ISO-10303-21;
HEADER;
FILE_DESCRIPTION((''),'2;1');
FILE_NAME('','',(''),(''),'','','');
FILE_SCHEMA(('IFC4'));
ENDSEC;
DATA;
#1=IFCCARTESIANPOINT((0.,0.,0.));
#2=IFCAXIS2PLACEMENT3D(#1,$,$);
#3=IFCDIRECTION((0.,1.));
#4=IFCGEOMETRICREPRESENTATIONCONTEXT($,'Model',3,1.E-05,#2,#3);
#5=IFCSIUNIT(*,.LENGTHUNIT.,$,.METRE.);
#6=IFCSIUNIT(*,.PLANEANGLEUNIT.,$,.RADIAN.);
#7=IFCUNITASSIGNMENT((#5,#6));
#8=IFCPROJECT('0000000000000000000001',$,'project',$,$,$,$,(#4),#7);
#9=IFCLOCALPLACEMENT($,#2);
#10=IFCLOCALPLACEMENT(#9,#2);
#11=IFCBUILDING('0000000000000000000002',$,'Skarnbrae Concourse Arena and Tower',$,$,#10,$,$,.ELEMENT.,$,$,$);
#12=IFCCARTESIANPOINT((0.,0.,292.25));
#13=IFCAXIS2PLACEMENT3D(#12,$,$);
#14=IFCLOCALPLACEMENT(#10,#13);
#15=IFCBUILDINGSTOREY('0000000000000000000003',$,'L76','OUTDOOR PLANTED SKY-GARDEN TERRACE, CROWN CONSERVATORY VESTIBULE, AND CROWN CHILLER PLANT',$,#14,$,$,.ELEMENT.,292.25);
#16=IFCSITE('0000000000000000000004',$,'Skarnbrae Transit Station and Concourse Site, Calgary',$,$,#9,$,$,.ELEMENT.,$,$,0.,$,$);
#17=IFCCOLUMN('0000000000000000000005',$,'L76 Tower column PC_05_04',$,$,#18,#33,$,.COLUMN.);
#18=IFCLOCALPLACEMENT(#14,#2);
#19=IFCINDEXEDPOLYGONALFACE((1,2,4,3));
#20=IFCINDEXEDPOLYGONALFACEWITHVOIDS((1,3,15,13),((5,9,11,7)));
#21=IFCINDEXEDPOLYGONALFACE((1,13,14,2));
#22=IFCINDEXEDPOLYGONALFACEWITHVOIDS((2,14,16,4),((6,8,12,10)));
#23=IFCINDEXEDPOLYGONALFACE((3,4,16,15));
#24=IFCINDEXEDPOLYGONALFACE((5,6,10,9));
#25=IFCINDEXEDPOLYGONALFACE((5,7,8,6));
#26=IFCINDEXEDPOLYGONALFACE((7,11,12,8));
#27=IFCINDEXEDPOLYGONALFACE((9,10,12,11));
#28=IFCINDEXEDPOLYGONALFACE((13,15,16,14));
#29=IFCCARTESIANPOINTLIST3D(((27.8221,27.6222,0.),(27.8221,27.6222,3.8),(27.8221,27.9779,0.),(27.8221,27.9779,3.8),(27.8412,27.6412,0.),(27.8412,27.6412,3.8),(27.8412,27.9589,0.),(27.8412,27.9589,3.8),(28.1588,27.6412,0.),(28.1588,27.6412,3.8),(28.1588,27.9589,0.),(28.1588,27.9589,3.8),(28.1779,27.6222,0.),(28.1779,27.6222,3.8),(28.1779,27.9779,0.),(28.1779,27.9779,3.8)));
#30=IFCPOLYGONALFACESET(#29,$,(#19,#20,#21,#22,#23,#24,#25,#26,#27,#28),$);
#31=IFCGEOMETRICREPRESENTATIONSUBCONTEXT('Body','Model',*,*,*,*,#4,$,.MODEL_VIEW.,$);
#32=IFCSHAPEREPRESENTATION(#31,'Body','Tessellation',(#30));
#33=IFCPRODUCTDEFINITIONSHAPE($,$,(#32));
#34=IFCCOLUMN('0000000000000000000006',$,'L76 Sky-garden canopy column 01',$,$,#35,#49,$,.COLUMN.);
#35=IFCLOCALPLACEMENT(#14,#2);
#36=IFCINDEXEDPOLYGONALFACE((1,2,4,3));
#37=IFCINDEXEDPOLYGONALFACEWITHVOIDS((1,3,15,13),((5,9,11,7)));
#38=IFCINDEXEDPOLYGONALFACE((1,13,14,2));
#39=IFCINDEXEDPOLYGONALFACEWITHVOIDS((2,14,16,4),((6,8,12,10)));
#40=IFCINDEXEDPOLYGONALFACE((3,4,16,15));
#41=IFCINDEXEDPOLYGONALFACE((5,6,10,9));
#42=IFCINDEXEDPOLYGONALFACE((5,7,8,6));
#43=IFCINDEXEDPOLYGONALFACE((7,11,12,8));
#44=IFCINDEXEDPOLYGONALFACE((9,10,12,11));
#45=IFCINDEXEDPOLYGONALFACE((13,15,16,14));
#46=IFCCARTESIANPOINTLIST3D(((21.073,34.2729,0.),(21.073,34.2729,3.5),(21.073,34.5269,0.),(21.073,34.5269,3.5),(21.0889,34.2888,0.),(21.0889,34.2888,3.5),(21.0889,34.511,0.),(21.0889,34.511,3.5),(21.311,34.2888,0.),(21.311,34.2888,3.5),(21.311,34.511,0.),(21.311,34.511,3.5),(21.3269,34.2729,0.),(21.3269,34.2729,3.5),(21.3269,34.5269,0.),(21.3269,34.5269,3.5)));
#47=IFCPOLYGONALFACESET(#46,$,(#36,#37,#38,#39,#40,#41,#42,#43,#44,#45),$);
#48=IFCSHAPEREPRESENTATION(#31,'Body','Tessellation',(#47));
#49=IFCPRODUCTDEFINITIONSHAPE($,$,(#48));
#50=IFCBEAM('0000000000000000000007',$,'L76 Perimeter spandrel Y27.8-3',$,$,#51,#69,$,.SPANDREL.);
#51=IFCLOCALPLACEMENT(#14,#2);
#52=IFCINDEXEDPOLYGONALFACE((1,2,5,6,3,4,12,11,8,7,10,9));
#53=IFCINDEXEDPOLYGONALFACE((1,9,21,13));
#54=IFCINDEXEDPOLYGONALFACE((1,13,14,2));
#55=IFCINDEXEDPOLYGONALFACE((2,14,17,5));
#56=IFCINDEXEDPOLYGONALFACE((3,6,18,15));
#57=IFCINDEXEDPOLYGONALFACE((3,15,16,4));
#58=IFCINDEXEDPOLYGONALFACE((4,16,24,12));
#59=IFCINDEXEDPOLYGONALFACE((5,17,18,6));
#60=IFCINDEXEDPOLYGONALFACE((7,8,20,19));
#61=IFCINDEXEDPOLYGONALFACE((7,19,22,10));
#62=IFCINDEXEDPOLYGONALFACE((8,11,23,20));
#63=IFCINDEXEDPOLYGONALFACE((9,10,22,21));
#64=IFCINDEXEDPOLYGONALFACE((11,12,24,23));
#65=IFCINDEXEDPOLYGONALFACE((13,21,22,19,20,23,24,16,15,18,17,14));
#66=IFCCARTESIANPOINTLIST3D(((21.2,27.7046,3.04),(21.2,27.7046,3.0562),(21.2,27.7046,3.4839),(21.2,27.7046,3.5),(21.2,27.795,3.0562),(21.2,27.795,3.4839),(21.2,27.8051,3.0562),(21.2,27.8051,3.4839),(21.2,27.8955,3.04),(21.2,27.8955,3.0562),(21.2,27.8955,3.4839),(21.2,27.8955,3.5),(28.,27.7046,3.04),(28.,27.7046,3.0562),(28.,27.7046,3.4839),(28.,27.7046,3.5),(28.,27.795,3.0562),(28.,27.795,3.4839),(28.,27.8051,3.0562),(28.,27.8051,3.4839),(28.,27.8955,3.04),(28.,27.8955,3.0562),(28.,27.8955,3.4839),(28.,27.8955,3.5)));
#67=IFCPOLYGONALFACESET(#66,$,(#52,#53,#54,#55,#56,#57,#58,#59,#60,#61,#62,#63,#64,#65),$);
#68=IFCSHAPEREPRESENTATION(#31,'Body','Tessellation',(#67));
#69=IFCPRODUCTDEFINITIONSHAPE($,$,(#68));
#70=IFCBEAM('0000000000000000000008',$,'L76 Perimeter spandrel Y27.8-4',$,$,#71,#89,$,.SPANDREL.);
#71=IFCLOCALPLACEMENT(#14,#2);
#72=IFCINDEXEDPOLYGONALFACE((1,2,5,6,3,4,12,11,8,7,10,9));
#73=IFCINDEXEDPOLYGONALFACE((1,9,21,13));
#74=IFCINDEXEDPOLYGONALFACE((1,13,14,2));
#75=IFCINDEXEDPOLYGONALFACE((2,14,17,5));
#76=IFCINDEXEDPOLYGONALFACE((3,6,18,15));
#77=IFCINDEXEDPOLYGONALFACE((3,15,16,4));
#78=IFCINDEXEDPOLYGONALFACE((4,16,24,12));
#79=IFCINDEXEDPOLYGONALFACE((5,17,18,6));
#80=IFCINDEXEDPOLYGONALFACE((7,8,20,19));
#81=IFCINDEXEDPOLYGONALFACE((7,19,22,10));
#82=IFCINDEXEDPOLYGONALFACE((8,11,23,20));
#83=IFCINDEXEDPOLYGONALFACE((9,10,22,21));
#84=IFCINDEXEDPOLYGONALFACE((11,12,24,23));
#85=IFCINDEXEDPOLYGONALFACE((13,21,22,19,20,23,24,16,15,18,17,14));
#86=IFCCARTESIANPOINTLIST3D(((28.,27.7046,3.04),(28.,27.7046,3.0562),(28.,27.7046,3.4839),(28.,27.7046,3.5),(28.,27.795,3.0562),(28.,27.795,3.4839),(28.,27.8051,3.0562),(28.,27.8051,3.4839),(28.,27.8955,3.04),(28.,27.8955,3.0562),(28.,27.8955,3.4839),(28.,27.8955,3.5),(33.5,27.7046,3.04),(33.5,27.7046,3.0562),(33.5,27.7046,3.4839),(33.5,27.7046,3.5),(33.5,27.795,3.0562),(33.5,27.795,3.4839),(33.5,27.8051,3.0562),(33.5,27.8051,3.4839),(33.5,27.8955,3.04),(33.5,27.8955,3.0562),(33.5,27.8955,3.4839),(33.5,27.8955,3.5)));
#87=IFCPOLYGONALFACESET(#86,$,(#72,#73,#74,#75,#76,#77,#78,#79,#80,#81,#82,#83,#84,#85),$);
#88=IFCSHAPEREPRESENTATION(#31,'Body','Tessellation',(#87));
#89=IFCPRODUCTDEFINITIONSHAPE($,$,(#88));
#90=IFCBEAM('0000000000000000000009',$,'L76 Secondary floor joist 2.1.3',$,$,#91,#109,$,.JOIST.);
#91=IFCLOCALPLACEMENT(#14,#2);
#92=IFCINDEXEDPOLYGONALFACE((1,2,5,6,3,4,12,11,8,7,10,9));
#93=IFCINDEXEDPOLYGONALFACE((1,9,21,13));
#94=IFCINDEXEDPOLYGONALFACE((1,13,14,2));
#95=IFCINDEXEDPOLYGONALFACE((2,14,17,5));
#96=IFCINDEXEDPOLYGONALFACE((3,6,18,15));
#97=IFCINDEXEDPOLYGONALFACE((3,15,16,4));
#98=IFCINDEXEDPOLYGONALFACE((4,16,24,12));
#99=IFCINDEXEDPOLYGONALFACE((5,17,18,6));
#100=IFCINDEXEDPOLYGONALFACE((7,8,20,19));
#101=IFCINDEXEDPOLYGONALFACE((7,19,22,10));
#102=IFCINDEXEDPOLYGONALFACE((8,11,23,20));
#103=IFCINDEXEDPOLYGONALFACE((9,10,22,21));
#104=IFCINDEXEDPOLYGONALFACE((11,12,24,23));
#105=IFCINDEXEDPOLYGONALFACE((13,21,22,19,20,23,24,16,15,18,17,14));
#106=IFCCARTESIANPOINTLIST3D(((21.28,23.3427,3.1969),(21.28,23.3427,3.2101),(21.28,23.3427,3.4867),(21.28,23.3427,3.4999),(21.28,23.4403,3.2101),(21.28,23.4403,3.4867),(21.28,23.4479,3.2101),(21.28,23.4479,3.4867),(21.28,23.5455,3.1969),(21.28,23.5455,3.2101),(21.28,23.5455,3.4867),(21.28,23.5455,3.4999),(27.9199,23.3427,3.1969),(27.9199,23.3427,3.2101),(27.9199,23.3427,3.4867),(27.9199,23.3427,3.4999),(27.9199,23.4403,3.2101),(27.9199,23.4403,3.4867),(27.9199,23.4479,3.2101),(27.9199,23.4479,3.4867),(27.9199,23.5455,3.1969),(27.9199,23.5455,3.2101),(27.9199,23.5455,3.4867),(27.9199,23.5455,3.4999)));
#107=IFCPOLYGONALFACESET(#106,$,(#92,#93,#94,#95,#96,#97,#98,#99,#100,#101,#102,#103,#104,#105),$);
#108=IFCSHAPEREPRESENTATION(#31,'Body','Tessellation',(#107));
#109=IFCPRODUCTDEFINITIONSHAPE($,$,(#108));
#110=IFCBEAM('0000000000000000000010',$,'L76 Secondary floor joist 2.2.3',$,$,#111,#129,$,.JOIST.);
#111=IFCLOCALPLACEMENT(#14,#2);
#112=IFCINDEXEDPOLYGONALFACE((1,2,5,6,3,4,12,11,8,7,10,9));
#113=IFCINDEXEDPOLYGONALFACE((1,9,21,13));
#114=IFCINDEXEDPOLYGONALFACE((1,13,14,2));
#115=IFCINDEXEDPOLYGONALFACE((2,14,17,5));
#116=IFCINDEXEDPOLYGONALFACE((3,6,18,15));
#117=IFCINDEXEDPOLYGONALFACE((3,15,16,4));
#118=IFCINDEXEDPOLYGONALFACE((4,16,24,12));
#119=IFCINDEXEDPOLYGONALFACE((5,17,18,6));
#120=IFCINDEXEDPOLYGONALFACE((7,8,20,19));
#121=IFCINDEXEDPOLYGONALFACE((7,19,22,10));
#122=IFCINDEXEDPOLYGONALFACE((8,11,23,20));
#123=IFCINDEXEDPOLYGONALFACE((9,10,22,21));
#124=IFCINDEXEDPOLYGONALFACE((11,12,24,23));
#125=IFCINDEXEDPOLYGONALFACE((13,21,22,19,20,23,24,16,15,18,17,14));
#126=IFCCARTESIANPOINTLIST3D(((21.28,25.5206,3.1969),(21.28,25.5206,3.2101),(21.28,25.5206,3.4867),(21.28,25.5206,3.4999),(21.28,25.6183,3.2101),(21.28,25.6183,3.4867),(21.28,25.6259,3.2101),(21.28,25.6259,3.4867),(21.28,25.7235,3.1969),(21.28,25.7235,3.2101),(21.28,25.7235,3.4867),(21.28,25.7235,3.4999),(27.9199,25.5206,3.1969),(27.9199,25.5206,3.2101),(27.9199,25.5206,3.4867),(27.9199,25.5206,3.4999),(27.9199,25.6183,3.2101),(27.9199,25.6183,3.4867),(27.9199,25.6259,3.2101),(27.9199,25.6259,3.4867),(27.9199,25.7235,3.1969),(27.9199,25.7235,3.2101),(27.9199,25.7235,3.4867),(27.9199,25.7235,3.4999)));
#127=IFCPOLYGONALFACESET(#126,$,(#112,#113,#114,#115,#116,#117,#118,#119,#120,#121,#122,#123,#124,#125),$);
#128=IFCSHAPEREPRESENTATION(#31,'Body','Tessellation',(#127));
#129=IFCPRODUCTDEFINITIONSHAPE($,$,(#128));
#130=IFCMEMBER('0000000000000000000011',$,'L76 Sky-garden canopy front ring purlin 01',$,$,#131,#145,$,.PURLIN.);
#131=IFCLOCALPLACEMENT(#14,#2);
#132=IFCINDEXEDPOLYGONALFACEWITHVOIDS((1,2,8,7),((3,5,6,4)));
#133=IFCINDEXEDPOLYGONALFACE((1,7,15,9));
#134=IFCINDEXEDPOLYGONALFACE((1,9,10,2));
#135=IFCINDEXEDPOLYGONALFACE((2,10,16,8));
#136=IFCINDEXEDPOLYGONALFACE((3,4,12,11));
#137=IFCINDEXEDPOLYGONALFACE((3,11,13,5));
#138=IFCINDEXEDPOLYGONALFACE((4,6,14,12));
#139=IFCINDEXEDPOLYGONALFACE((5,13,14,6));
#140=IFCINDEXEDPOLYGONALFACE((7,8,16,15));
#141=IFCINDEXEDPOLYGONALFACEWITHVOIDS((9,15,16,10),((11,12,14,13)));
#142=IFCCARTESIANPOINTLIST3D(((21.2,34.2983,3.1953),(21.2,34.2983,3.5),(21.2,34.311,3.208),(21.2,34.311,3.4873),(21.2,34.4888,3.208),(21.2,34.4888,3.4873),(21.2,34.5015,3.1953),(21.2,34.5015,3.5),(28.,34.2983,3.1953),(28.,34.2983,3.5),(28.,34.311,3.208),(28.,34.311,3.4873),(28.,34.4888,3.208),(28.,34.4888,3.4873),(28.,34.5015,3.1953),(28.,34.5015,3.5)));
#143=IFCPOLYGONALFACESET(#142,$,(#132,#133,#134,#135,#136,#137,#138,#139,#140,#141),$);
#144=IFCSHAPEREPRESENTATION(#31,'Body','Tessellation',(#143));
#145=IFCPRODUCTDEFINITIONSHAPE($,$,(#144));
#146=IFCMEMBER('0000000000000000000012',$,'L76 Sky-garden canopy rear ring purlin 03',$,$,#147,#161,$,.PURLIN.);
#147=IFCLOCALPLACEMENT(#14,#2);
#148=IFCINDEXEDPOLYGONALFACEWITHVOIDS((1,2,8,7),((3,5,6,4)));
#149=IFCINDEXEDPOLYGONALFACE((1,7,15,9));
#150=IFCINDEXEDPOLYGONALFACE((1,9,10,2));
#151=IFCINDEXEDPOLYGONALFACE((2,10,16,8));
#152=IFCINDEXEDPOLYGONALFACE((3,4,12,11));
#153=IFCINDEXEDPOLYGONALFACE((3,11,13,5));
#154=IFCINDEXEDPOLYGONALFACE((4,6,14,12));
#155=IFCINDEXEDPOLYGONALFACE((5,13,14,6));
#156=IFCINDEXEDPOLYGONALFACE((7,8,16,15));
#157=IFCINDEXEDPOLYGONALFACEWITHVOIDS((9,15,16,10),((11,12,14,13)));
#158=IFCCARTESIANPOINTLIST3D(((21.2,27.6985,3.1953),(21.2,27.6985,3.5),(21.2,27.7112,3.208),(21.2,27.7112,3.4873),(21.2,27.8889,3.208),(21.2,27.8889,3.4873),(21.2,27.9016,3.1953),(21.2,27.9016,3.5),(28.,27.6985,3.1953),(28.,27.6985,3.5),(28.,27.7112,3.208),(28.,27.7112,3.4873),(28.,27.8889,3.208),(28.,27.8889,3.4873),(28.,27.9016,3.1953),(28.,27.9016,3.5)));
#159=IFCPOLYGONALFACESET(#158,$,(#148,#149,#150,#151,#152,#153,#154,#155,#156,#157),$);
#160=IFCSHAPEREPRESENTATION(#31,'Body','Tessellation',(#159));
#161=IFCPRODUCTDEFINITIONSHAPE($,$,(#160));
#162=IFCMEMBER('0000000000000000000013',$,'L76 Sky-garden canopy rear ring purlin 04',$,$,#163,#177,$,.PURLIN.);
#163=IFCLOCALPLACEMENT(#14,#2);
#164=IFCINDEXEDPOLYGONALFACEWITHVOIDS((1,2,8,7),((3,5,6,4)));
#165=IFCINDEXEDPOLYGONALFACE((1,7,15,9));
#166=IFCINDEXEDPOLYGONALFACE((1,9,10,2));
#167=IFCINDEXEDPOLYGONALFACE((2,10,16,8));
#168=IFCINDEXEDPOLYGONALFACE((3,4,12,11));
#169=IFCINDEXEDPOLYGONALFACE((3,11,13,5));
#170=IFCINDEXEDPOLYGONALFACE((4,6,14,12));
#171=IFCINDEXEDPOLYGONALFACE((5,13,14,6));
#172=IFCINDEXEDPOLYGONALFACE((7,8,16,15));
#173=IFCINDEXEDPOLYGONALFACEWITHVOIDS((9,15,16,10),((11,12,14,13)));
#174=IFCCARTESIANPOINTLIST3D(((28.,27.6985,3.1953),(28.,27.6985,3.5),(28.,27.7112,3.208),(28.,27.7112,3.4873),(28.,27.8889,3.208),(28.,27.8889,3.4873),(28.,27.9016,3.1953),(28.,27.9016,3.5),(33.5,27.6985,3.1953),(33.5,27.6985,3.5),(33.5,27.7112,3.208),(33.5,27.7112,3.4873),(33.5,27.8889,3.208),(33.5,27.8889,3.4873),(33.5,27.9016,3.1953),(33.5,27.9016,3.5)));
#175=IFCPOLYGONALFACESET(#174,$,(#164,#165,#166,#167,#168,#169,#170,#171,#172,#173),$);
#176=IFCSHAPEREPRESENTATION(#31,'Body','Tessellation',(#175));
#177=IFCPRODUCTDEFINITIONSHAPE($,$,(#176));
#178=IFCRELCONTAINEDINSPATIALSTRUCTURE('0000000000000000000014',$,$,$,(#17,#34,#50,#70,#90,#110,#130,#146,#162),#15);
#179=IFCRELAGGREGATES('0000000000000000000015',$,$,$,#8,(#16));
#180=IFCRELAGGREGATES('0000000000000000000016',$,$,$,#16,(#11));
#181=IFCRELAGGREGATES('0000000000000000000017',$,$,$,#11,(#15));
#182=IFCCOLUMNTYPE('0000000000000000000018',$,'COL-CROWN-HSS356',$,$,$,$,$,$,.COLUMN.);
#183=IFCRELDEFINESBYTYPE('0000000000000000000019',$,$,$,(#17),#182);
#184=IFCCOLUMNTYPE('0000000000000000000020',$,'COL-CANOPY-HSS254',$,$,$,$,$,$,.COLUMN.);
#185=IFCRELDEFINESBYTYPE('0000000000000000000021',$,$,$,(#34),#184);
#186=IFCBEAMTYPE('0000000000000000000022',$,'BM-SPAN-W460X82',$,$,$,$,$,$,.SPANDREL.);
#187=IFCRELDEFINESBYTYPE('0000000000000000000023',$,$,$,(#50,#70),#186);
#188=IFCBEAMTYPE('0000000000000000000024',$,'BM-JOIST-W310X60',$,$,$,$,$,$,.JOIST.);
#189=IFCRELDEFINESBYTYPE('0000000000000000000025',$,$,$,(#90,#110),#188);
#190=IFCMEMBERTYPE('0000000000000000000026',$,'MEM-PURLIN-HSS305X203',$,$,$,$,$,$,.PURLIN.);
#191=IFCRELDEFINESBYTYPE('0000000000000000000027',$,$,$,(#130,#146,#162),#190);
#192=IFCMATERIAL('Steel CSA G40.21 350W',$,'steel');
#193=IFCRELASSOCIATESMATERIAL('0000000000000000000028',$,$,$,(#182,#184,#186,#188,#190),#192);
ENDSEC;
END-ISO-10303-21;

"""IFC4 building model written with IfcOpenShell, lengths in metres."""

from ifc_helpers import new_model, si_unit, direction, frame, origin, origin_2d, place, context, subcontext, project, spatial, hollow_rectangle, i_section, extrude, source, transform, mapped, material, material_profile, profile_set, type_object, element, save


model = new_model("IFC4")

# Units and contexts
model_context = context("Model", 3, precision=1e-05, world=origin(), true_north=direction((0.0, 1.0)))
body_context = subcontext(model_context, "Body", "Model", "MODEL_VIEW")
ifc_project = project(units=[si_unit("LENGTHUNIT", "METRE"), si_unit("PLANEANGLEUNIT", "RADIAN")], contexts=[model_context])

# Site, building, storey
site_placement = place(None, origin())
site = spatial("IfcSite", under=ifc_project, at=site_placement, Name="Skarnbrae Transit Station and Concourse Site, Calgary", CompositionType="ELEMENT", RefElevation=0.0)
building_placement = place(site_placement, origin())
building = spatial("IfcBuilding", under=site, at=building_placement, Name="Skarnbrae Concourse Arena and Tower", CompositionType="ELEMENT")
storey_placement = place(building_placement, frame((0.0, 0.0, 292.25)))
storey = spatial("IfcBuildingStorey", under=building, at=storey_placement, Name="L76", Description="OUTDOOR PLANTED SKY-GARDEN TERRACE, CROWN CONSERVATORY VESTIBULE, AND CROWN CHILLER PLANT", CompositionType="ELEMENT", Elevation=292.25)

# Columns
ifc_material_1 = material(Name="Steel CSA G40.21 350W", Category="steel")
ifc_material_profile_1 = material_profile(ifc_material_1, hollow_rectangle(XDim=0.3557, YDim=0.3557, WallThickness=0.019, at=origin_2d()), Name="HSS356X356X19.0")
ifc_profile_set_1 = profile_set([ifc_material_profile_1], Name="Steel CSA G40.21 350W")
column_type_1 = type_object("IfcColumnType", Name="COL-CROWN-HSS356", PredefinedType="COLUMN", material=ifc_profile_set_1)
shared_shape_1 = source(origin(), body_context, "Body", "SweptSolid", [
    extrude(hollow_rectangle(XDim=0.3557, YDim=0.3557, WallThickness=0.019, at=origin_2d()), origin(), (0.0, 0.0, 1.0), 3.8),
])
column_1_placement = place(storey_placement, frame((28.0, 27.8, 0.0), z_axis=(0.0, 0.0, 1.0), x_axis=(1.0, 0.0, 0.0)))
element("IfcColumn", 1, at=column_1_placement, inside=storey, type_object=column_type_1, Name="L76 Tower column PC_05_04", PredefinedType="COLUMN", context=body_context, shape_type="MappedRepresentation", body=[
    mapped(shared_shape_1, transform((0.0, 0.0, 0.0))),
])
ifc_material_profile_2 = material_profile(ifc_material_1, hollow_rectangle(XDim=0.2539, YDim=0.2539, WallThickness=0.0159, at=origin_2d()), Name="HSS254X254X15.9")
ifc_profile_set_2 = profile_set([ifc_material_profile_2], Name="Steel CSA G40.21 350W")
column_type_2 = type_object("IfcColumnType", Name="COL-CANOPY-HSS254", PredefinedType="COLUMN", material=ifc_profile_set_2)
shared_shape_2 = source(origin(), body_context, "Body", "SweptSolid", [
    extrude(hollow_rectangle(XDim=0.2539, YDim=0.2539, WallThickness=0.0159, at=origin_2d()), origin(), (0.0, 0.0, 1.0), 3.5),
])
column_2_placement = place(storey_placement, frame((21.2, 34.3999, 0.0), z_axis=(0.0, 0.0, 1.0), x_axis=(1.0, 0.0, 0.0)))
element("IfcColumn", 2, at=column_2_placement, inside=storey, type_object=column_type_2, Name="L76 Sky-garden canopy column 01", PredefinedType="COLUMN", context=body_context, shape_type="MappedRepresentation", body=[
    mapped(shared_shape_2, transform((0.0, 0.0, 0.0))),
])

# Beams
ifc_material_profile_3 = material_profile(ifc_material_1, i_section(OverallWidth=0.1909, OverallDepth=0.46, WebThickness=0.01, FlangeThickness=0.0161, at=origin_2d()), Name="W460X82")
ifc_profile_set_3 = profile_set([ifc_material_profile_3], Name="Steel CSA G40.21 350W")
beam_type_1 = type_object("IfcBeamType", Name="BM-SPAN-W460X82", PredefinedType="SPANDREL", material=ifc_profile_set_3)
shared_shape_3 = source(origin(), body_context, "Body", "SweptSolid", [
    extrude(i_section(OverallWidth=0.1909, OverallDepth=0.46, WebThickness=0.01, FlangeThickness=0.0161, at=origin_2d()), origin(), (0.0, 0.0, 1.0), 6.8),
])
beam_1_placement = place(storey_placement, frame((21.2, 27.8, 3.27), z_axis=(1.0, 0.0, 0.0), x_axis=(0.0, 1.0, 0.0)))
element("IfcBeam", 3, at=beam_1_placement, inside=storey, type_object=beam_type_1, Name="L76 Perimeter spandrel Y27.8-3", PredefinedType="SPANDREL", context=body_context, shape_type="MappedRepresentation", body=[
    mapped(shared_shape_3, transform((0.0, 0.0, 0.0))),
])
shared_shape_4 = source(origin(), body_context, "Body", "SweptSolid", [
    extrude(i_section(OverallWidth=0.1909, OverallDepth=0.46, WebThickness=0.01, FlangeThickness=0.0161, at=origin_2d()), origin(), (0.0, 0.0, 1.0), 5.5),
])
beam_2_placement = place(storey_placement, frame((28.0, 27.8, 3.27), z_axis=(1.0, 0.0, 0.0), x_axis=(0.0, 1.0, 0.0)))
element("IfcBeam", 4, at=beam_2_placement, inside=storey, type_object=beam_type_1, Name="L76 Perimeter spandrel Y27.8-4", PredefinedType="SPANDREL", context=body_context, shape_type="MappedRepresentation", body=[
    mapped(shared_shape_4, transform((0.0, 0.0, 0.0))),
])
ifc_material_profile_4 = material_profile(ifc_material_1, i_section(OverallWidth=0.2029, OverallDepth=0.303, WebThickness=0.0076, FlangeThickness=0.0132, at=origin_2d()), Name="W310X60")
ifc_profile_set_4 = profile_set([ifc_material_profile_4], Name="Steel CSA G40.21 350W")
beam_type_2 = type_object("IfcBeamType", Name="BM-JOIST-W310X60", PredefinedType="JOIST", material=ifc_profile_set_4)
shared_shape_5 = source(origin(), body_context, "Body", "SweptSolid", [
    extrude(i_section(OverallWidth=0.2029, OverallDepth=0.303, WebThickness=0.0076, FlangeThickness=0.0132, at=origin_2d()), origin(), (0.0, 0.0, 1.0), 6.6399),
])
for number, where, z_axis, x_axis, name in (
    (5, (21.28, 23.4441, 3.3484), (1.0, 0.0, 0.0), (0.0, 1.0, 0.0), "L76 Secondary floor joist 2.1.3"),
    (6, (21.28, 25.6221, 3.3484), (1.0, 0.0, 0.0), (0.0, 1.0, 0.0), "L76 Secondary floor joist 2.2.3"),
):
    element("IfcBeam", number, at=place(storey_placement, frame(where, z_axis=z_axis, x_axis=x_axis)), inside=storey, type_object=beam_type_2, Name=name, PredefinedType="JOIST", context=body_context, shape_type="MappedRepresentation", body=[
        mapped(shared_shape_5, transform((0.0, 0.0, 0.0))),
    ])

# Members
ifc_material_profile_5 = material_profile(ifc_material_1, hollow_rectangle(XDim=0.2031, YDim=0.3047, WallThickness=0.0127, at=origin_2d()), Name="HSS305X203X12.7")
ifc_profile_set_5 = profile_set([ifc_material_profile_5], Name="Steel CSA G40.21 350W")
member_type_1 = type_object("IfcMemberType", Name="MEM-PURLIN-HSS305X203", PredefinedType="PURLIN", material=ifc_profile_set_5)
shared_shape_6 = source(origin(), body_context, "Body", "SweptSolid", [
    extrude(hollow_rectangle(XDim=0.2031, YDim=0.3047, WallThickness=0.0127, at=origin_2d()), origin(), (0.0, 0.0, 1.0), 6.8),
])
for number, where, z_axis, x_axis, name in (
    (7, (21.2, 34.3999, 3.3477), (1.0, 0.0, 0.0), (0.0, 1.0, 0.0), "L76 Sky-garden canopy front ring purlin 01"),
    (8, (21.2, 27.8, 3.3477), (1.0, 0.0, 0.0), (0.0, 1.0, 0.0), "L76 Sky-garden canopy rear ring purlin 03"),
):
    element("IfcMember", number, at=place(storey_placement, frame(where, z_axis=z_axis, x_axis=x_axis)), inside=storey, type_object=member_type_1, Name=name, PredefinedType="PURLIN", context=body_context, shape_type="MappedRepresentation", body=[
        mapped(shared_shape_6, transform((0.0, 0.0, 0.0))),
    ])
shared_shape_7 = source(origin(), body_context, "Body", "SweptSolid", [
    extrude(hollow_rectangle(XDim=0.2031, YDim=0.3047, WallThickness=0.0127, at=origin_2d()), origin(), (0.0, 0.0, 1.0), 5.5),
])
member_placement = place(storey_placement, frame((28.0, 27.8, 3.3477), z_axis=(1.0, 0.0, 0.0), x_axis=(0.0, 1.0, 0.0)))
element("IfcMember", 9, at=member_placement, inside=storey, type_object=member_type_1, Name="L76 Sky-garden canopy rear ring purlin 04", PredefinedType="PURLIN", context=body_context, shape_type="MappedRepresentation", body=[
    mapped(shared_shape_7, transform((0.0, 0.0, 0.0))),
])

save(model, "model.ifc")
